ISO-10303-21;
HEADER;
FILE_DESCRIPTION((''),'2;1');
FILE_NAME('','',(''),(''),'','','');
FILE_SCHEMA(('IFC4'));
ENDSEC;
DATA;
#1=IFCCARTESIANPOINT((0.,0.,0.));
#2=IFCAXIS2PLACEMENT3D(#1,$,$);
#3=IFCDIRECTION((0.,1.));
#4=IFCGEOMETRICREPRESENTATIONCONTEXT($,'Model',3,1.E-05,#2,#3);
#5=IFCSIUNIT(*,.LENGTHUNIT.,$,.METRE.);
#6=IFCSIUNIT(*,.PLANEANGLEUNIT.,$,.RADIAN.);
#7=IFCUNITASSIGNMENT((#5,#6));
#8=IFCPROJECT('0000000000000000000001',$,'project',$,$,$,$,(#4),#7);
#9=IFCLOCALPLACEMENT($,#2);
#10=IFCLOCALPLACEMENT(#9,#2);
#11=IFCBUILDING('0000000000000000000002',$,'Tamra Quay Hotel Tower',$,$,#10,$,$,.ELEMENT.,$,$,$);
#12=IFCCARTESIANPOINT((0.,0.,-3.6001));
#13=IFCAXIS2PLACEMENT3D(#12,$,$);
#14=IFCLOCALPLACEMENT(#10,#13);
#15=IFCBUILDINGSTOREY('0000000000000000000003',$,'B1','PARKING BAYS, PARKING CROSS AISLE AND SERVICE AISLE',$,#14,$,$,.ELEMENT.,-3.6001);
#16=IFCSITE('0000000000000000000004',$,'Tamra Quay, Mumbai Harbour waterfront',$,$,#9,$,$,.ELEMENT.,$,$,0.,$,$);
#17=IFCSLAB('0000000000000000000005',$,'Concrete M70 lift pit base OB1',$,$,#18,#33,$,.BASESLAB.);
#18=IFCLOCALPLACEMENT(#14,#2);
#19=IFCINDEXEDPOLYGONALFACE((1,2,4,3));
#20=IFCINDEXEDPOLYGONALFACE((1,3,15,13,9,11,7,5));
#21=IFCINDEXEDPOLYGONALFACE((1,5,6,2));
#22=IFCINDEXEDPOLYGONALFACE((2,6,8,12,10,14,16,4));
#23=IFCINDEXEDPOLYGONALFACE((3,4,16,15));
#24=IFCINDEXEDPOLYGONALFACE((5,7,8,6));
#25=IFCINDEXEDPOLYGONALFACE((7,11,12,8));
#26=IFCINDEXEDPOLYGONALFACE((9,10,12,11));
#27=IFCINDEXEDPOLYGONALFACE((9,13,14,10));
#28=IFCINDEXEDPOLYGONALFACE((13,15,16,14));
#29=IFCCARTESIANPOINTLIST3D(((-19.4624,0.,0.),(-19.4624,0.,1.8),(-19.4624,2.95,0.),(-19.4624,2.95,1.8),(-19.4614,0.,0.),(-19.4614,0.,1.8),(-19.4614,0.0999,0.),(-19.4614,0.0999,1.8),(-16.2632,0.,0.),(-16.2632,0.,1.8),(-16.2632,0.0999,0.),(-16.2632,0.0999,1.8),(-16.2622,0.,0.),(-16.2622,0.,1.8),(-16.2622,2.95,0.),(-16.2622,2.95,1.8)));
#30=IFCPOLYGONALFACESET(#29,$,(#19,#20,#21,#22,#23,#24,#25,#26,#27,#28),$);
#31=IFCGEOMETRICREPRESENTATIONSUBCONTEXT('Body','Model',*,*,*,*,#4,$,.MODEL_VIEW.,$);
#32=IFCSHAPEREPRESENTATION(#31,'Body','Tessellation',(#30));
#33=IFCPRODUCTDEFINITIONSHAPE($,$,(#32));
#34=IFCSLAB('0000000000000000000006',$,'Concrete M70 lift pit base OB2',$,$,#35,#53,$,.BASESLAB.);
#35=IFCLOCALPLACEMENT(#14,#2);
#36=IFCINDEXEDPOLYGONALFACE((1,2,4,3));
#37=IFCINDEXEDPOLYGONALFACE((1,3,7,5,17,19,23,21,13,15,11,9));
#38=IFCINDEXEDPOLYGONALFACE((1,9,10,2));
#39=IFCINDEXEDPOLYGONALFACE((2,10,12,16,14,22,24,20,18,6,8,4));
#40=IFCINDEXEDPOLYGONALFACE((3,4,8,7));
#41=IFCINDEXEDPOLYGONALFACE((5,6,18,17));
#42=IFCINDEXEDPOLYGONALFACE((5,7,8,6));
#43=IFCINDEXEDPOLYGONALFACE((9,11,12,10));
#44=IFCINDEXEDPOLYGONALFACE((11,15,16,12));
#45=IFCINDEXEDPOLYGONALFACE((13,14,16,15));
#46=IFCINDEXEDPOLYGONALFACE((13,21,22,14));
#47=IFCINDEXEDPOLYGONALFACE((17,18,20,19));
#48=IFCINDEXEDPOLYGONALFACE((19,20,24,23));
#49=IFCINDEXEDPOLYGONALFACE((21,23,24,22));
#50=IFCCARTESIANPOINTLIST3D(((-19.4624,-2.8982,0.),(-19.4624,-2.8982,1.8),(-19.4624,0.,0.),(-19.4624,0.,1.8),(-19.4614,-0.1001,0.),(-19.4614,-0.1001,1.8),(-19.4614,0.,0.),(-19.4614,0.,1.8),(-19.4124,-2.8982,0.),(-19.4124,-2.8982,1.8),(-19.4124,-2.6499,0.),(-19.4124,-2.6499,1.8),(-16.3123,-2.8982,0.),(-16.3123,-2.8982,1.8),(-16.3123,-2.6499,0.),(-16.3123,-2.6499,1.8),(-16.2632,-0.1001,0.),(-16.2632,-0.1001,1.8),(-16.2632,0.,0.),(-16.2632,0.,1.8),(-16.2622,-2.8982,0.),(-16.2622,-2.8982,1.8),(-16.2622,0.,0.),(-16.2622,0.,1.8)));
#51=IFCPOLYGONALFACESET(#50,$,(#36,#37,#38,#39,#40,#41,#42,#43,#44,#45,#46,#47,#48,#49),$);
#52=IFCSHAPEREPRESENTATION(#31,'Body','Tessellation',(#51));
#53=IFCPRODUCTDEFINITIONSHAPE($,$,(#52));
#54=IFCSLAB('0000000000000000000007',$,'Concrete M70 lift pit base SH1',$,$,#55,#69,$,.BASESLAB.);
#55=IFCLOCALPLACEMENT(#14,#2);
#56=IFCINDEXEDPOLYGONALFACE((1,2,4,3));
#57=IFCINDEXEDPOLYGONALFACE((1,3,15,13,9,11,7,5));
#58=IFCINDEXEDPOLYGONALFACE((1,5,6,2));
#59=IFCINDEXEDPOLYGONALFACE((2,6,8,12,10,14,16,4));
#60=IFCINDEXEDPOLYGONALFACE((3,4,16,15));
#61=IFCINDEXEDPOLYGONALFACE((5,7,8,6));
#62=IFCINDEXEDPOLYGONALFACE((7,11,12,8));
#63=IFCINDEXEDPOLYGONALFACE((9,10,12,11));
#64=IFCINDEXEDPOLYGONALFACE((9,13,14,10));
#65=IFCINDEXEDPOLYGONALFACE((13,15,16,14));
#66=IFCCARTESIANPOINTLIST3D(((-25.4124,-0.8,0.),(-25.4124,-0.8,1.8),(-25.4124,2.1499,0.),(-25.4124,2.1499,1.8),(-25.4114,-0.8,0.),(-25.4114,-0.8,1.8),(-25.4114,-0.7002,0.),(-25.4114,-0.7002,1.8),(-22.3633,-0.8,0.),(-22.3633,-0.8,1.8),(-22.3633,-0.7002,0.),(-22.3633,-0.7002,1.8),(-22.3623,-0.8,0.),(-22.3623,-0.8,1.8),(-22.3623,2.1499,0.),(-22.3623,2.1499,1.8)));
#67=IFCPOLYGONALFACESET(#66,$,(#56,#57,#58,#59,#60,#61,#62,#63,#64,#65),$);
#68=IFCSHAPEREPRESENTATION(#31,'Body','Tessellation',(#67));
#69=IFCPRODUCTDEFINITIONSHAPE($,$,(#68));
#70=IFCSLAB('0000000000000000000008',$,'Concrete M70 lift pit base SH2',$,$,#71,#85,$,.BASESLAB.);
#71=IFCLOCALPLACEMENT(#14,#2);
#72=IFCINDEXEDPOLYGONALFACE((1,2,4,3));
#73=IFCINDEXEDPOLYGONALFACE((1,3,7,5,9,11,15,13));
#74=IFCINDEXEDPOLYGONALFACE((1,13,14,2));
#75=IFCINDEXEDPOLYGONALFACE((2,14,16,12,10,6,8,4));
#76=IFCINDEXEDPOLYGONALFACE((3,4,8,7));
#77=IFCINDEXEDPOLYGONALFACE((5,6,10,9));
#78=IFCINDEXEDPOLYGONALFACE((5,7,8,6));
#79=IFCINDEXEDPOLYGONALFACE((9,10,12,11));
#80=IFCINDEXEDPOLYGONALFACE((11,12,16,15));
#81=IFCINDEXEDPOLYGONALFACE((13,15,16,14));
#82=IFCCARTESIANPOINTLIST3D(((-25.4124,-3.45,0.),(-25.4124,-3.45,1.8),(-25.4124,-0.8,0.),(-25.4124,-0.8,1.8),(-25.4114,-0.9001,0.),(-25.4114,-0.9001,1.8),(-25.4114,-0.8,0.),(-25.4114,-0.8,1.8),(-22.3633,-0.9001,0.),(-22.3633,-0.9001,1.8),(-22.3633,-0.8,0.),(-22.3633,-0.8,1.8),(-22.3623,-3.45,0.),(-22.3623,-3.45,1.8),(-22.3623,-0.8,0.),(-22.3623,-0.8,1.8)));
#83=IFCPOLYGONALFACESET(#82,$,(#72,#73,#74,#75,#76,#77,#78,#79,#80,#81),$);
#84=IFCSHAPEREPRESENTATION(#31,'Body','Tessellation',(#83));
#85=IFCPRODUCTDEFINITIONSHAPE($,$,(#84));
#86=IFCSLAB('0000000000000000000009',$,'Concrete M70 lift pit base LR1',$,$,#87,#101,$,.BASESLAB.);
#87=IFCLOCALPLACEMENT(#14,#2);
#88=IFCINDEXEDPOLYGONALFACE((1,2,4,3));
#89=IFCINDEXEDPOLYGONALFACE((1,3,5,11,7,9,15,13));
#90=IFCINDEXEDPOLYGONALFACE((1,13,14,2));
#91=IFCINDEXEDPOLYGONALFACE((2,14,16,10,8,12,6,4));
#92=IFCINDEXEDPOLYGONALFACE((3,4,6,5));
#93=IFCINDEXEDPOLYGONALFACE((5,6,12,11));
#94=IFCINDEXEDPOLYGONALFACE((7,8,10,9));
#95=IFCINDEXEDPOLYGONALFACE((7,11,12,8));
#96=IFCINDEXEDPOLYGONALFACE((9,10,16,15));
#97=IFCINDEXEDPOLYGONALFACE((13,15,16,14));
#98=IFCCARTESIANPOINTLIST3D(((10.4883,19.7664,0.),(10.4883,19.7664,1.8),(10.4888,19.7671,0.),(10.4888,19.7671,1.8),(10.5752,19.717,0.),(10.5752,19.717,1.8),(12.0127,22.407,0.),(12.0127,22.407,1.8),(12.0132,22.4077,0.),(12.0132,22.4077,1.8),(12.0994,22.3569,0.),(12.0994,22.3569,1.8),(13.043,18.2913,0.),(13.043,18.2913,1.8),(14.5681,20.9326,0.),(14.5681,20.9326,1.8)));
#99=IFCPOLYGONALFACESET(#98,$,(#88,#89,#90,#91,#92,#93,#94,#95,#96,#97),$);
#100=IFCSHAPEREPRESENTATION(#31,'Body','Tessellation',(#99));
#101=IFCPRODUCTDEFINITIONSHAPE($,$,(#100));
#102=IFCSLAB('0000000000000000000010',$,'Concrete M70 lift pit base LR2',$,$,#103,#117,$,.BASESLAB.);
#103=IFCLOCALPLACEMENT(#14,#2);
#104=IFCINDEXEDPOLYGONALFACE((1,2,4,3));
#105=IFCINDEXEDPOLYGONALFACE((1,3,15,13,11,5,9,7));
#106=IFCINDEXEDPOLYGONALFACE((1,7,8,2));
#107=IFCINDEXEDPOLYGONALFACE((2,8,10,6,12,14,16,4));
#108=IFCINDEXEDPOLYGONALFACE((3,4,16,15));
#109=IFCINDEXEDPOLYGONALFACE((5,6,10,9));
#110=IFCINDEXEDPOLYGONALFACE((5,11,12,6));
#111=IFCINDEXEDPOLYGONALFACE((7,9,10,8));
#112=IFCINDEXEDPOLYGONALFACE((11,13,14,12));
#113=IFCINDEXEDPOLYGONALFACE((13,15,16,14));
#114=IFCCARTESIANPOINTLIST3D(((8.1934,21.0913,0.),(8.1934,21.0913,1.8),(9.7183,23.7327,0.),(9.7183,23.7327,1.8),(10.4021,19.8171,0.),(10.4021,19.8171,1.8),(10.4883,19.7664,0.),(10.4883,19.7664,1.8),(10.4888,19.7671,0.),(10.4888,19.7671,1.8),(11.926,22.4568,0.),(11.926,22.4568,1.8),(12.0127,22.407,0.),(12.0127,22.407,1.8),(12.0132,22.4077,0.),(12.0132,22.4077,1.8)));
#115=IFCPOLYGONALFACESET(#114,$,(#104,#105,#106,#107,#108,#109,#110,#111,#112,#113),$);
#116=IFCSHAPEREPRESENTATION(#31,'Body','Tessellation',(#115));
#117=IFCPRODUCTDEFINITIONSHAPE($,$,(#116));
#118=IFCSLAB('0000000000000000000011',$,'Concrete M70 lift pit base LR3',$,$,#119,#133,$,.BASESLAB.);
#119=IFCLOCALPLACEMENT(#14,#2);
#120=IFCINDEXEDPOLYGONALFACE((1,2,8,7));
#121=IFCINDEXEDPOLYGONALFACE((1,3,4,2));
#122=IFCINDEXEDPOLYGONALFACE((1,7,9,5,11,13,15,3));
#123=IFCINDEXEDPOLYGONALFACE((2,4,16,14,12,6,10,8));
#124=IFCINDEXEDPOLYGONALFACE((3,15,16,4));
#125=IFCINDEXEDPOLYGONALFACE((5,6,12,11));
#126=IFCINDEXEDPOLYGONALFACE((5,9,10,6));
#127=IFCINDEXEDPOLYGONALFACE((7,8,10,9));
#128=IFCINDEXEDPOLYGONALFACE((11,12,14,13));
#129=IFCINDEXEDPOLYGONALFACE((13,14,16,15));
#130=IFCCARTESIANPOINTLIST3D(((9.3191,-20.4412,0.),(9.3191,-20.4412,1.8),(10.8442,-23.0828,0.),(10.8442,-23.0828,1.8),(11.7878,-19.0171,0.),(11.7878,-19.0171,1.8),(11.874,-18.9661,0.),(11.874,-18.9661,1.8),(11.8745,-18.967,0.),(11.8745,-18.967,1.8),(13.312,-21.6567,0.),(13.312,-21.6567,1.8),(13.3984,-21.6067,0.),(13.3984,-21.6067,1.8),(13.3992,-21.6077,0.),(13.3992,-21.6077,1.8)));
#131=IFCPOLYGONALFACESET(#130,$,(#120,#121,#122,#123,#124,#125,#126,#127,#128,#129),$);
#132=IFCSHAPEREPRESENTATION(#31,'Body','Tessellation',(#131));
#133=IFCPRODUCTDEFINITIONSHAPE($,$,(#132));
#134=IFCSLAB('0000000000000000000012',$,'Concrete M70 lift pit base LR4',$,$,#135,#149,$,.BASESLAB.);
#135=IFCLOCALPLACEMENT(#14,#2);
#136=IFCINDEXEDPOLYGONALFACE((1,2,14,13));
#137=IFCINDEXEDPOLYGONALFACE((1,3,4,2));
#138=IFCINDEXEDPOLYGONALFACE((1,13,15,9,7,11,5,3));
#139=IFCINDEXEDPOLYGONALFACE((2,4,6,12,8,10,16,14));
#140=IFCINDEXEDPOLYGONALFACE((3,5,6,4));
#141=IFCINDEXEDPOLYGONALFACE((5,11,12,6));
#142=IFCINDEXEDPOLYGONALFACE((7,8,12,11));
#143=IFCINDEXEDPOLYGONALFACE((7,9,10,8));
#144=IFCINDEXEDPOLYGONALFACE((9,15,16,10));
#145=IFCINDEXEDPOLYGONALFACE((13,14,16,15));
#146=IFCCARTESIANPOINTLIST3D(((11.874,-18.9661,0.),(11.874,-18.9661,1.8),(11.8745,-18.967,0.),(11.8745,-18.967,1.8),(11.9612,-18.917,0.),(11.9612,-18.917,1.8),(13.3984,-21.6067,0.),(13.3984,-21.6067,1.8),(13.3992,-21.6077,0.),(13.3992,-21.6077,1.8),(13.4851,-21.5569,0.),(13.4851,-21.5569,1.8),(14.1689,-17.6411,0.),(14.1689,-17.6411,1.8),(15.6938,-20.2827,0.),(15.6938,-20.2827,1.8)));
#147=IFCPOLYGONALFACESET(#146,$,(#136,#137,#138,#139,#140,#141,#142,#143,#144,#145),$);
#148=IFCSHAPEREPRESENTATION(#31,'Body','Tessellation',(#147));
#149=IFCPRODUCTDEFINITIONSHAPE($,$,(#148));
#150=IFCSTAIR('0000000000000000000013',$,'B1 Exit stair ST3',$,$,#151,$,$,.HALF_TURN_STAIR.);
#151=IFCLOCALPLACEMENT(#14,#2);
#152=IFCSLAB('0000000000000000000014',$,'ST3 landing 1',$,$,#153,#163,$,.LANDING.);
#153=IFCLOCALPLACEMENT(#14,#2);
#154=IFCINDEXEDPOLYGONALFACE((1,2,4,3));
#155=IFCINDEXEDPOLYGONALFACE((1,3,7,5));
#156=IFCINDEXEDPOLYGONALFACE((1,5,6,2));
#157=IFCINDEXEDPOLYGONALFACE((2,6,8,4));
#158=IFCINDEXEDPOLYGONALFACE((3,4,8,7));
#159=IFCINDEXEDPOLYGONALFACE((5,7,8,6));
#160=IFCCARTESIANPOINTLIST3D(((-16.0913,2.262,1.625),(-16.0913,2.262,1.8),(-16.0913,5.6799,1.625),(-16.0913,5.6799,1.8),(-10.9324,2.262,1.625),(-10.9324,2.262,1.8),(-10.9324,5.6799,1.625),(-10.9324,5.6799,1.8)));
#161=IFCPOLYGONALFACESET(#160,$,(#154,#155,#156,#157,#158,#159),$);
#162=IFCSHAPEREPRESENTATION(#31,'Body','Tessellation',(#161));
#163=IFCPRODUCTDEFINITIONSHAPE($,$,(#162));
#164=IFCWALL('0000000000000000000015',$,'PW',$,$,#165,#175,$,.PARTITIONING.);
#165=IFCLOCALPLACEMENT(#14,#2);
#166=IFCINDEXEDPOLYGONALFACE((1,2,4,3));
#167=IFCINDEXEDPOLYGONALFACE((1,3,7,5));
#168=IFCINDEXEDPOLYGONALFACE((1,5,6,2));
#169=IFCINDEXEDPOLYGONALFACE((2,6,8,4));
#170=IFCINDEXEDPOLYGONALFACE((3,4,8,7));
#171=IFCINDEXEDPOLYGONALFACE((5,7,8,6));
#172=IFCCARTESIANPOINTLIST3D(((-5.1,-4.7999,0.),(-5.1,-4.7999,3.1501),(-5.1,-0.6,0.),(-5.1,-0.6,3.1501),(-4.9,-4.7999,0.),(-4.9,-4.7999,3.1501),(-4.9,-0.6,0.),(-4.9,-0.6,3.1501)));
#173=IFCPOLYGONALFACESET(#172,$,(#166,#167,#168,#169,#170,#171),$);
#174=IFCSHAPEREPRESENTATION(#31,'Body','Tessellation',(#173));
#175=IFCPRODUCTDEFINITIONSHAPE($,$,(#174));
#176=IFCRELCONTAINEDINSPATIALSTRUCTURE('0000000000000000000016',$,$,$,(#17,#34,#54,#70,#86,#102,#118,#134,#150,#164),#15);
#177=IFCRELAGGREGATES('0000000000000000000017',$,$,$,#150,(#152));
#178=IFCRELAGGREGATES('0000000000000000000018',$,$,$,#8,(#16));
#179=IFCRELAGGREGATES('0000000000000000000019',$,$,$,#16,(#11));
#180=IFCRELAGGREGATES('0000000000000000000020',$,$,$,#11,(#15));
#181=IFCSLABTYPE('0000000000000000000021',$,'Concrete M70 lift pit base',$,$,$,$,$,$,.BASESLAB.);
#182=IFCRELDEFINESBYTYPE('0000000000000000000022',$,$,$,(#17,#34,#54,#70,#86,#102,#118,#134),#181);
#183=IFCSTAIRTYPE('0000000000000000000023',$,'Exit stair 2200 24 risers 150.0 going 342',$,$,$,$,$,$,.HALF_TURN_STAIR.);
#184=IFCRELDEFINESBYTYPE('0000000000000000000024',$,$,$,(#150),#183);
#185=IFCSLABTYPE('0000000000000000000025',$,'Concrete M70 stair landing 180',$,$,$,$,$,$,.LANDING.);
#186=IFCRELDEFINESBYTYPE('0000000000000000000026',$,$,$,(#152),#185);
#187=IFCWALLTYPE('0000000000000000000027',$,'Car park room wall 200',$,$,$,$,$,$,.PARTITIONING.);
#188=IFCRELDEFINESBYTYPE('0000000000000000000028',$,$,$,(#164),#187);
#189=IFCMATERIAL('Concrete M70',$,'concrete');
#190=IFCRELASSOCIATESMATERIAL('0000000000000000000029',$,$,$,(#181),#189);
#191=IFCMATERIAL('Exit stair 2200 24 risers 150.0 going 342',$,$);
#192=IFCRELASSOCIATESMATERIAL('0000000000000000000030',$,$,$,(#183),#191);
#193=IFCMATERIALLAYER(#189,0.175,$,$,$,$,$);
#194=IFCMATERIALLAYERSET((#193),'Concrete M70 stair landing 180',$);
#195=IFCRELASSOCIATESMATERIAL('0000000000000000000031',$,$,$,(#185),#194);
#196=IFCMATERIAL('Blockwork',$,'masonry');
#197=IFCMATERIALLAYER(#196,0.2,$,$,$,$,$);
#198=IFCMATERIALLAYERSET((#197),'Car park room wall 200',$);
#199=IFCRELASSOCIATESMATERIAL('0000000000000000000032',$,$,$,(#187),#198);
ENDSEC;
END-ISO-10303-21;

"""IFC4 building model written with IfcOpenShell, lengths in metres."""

from ifc_helpers import new_model, si_unit, direction, frame, frame_2d, origin, place, context, subcontext, project, spatial, polyline, rectangle, outline, extrude, material, layer, layer_set, type_object, element, aggregate, save


model = new_model("IFC4")

# Units and contexts
model_context = context("Model", 3, precision=1e-05, world=origin(), true_north=direction((0.0, 1.0)))
body_context = subcontext(model_context, "Body", "Model", "MODEL_VIEW")
ifc_project = project(units=[si_unit("LENGTHUNIT", "METRE"), si_unit("PLANEANGLEUNIT", "RADIAN")], contexts=[model_context])

# Site, building, storey
site_placement = place(None, origin())
site = spatial("IfcSite", under=ifc_project, at=site_placement, Name="Tamra Quay, Mumbai Harbour waterfront", CompositionType="ELEMENT", RefElevation=0.0)
building_placement = place(site_placement, origin())
building = spatial("IfcBuilding", under=site, at=building_placement, Name="Tamra Quay Hotel Tower", CompositionType="ELEMENT")
storey_placement = place(building_placement, frame((0.0, 0.0, -3.6001)))
storey = spatial("IfcBuildingStorey", under=building, at=storey_placement, Name="B1", Description="PARKING BAYS, PARKING CROSS AISLE AND SERVICE AISLE", CompositionType="ELEMENT", Elevation=-3.6001)

# Shared definitions
ifc_material_1 = material(Name="Concrete M70", Category="concrete")

# Slabs
slab_type_1 = type_object("IfcSlabType", Name="Concrete M70 lift pit base", PredefinedType="BASESLAB", material=ifc_material_1)
slab_1_placement = place(storey_placement, origin())
element("IfcSlab", 1, at=slab_1_placement, inside=storey, type_object=slab_type_1, Name="Concrete M70 lift pit base OB1", PredefinedType="BASESLAB", context=body_context, shape_type="SweptSolid", body=[
    extrude(outline(polyline([(-16.2632, 0.0), (-16.2632, 0.0999), (-19.4614, 0.0999), (-19.4614, 0.0), (-19.4624, 0.0), (-19.4624, 2.95), (-16.2622, 2.95), (-16.2622, 0.0), (-16.2632, 0.0)])), origin(), (0.0, 0.0, 1.0), 1.8),
])
slab_2_placement = place(storey_placement, origin())
element("IfcSlab", 2, at=slab_2_placement, inside=storey, type_object=slab_type_1, Name="Concrete M70 lift pit base OB2", PredefinedType="BASESLAB", context=body_context, shape_type="SweptSolid", body=[
    extrude(outline(polyline([(-16.3123, -2.8982), (-16.3123, -2.6499), (-19.4124, -2.6499), (-19.4124, -2.8982), (-19.4624, -2.8982), (-19.4624, 0.0), (-19.4614, 0.0), (-19.4614, -0.1001), (-16.2632, -0.1001), (-16.2632, 0.0), (-16.2622, 0.0), (-16.2622, -2.8982), (-16.3123, -2.8982)])), origin(), (0.0, 0.0, 1.0), 1.8),
])
slab_3_placement = place(storey_placement, origin())
element("IfcSlab", 3, at=slab_3_placement, inside=storey, type_object=slab_type_1, Name="Concrete M70 lift pit base SH1", PredefinedType="BASESLAB", context=body_context, shape_type="SweptSolid", body=[
    extrude(outline(polyline([(-22.3633, -0.8), (-22.3633, -0.7002), (-25.4114, -0.7002), (-25.4114, -0.8), (-25.4124, -0.8), (-25.4124, 2.1499), (-22.3623, 2.1499), (-22.3623, -0.8), (-22.3633, -0.8)])), origin(), (0.0, 0.0, 1.0), 1.8),
])
slab_4_placement = place(storey_placement, origin())
element("IfcSlab", 4, at=slab_4_placement, inside=storey, type_object=slab_type_1, Name="Concrete M70 lift pit base SH2", PredefinedType="BASESLAB", context=body_context, shape_type="SweptSolid", body=[
    extrude(outline(polyline([(-25.4114, -0.8), (-25.4114, -0.9001), (-22.3633, -0.9001), (-22.3633, -0.8), (-22.3623, -0.8), (-22.3623, -3.45), (-25.4124, -3.45), (-25.4124, -0.8), (-25.4114, -0.8)])), origin(), (0.0, 0.0, 1.0), 1.8),
])
slab_5_placement = place(storey_placement, origin())
element("IfcSlab", 5, at=slab_5_placement, inside=storey, type_object=slab_type_1, Name="Concrete M70 lift pit base LR1", PredefinedType="BASESLAB", context=body_context, shape_type="SweptSolid", body=[
    extrude(outline(polyline([(10.4888, 19.7671), (10.5752, 19.717), (12.0994, 22.3569), (12.0127, 22.407), (12.0132, 22.4077), (14.5681, 20.9326), (13.043, 18.2913), (10.4883, 19.7664), (10.4888, 19.7671)])), origin(), (0.0, 0.0, 1.0), 1.8),
])
slab_6_placement = place(storey_placement, origin())
element("IfcSlab", 6, at=slab_6_placement, inside=storey, type_object=slab_type_1, Name="Concrete M70 lift pit base LR2", PredefinedType="BASESLAB", context=body_context, shape_type="SweptSolid", body=[
    extrude(outline(polyline([(12.0127, 22.407), (11.926, 22.4568), (10.4021, 19.8171), (10.4888, 19.7671), (10.4883, 19.7664), (8.1934, 21.0913), (9.7183, 23.7327), (12.0132, 22.4077), (12.0127, 22.407)])), origin(), (0.0, 0.0, 1.0), 1.8),
])
slab_7_placement = place(storey_placement, origin())
element("IfcSlab", 7, at=slab_7_placement, inside=storey, type_object=slab_type_1, Name="Concrete M70 lift pit base LR3", PredefinedType="BASESLAB", context=body_context, shape_type="SweptSolid", body=[
    extrude(outline(polyline([(11.8745, -18.967), (11.7878, -19.0171), (13.312, -21.6567), (13.3984, -21.6067), (13.3992, -21.6077), (10.8442, -23.0828), (9.3191, -20.4412), (11.874, -18.9661), (11.8745, -18.967)])), origin(), (0.0, 0.0, 1.0), 1.8),
])
slab_8_placement = place(storey_placement, origin())
element("IfcSlab", 8, at=slab_8_placement, inside=storey, type_object=slab_type_1, Name="Concrete M70 lift pit base LR4", PredefinedType="BASESLAB", context=body_context, shape_type="SweptSolid", body=[
    extrude(outline(polyline([(13.3984, -21.6067), (13.4851, -21.5569), (11.9612, -18.917), (11.8745, -18.967), (11.874, -18.9661), (14.1689, -17.6411), (15.6938, -20.2827), (13.3992, -21.6077), (13.3984, -21.6067)])), origin(), (0.0, 0.0, 1.0), 1.8),
])

# Stair, slab
ifc_material_2 = material(Name="Exit stair 2200 24 risers 150.0 going 342")
stair_type_1 = type_object("IfcStairType", Name="Exit stair 2200 24 risers 150.0 going 342", PredefinedType="HALF_TURN_STAIR", material=ifc_material_2)
stair_1_placement = place(storey_placement, origin())
stair_1 = element("IfcStair", 9, at=stair_1_placement, inside=storey, type_object=stair_type_1, Name="B1 Exit stair ST3", PredefinedType="HALF_TURN_STAIR")
ifc_layer_1 = layer(ifc_material_1, 0.175)
ifc_layer_set_1 = layer_set([ifc_layer_1], Name="Concrete M70 stair landing 180")
slab_type_2 = type_object("IfcSlabType", Name="Concrete M70 stair landing 180", PredefinedType="LANDING", material=ifc_layer_set_1)
slab_9_placement = place(storey_placement, frame((0.0, 0.0, 1.625)))
slab_9 = element("IfcSlab", 10, at=slab_9_placement, type_object=slab_type_2, Name="ST3 landing 1", PredefinedType="LANDING", context=body_context, shape_type="SweptSolid", body=[
    extrude(outline(polyline([(-10.9324, 2.262), (-10.9324, 5.6799), (-16.0913, 5.6799), (-16.0913, 2.262), (-10.9324, 2.262)])), origin(), (0.0, 0.0, 1.0), 0.175),
])
aggregate(stair_1, [slab_9])

# Wall
ifc_material_3 = material(Name="Blockwork", Category="masonry")
ifc_layer_2 = layer(ifc_material_3, 0.2)
ifc_layer_set_2 = layer_set([ifc_layer_2], Name="Car park room wall 200")
wall_type = type_object("IfcWallType", Name="Car park room wall 200", PredefinedType="PARTITIONING", material=ifc_layer_set_2)
wall_placement = place(storey_placement, frame((-5.0, -4.8, 0.0), z_axis=(0.0, 0.0, 1.0), x_axis=(0.0, 1.0, 0.0)))
element("IfcWall", 11, at=wall_placement, inside=storey, type_object=wall_type, Name="PW", PredefinedType="PARTITIONING", context=body_context, shape_type="SweptSolid", body=[
    extrude(rectangle(XDim=4.2, YDim=0.2, at=frame_2d((2.1001, 0.0))), origin(), (0.0, 0.0, 1.0), 3.1501),
])

save(model, "model.ifc")
